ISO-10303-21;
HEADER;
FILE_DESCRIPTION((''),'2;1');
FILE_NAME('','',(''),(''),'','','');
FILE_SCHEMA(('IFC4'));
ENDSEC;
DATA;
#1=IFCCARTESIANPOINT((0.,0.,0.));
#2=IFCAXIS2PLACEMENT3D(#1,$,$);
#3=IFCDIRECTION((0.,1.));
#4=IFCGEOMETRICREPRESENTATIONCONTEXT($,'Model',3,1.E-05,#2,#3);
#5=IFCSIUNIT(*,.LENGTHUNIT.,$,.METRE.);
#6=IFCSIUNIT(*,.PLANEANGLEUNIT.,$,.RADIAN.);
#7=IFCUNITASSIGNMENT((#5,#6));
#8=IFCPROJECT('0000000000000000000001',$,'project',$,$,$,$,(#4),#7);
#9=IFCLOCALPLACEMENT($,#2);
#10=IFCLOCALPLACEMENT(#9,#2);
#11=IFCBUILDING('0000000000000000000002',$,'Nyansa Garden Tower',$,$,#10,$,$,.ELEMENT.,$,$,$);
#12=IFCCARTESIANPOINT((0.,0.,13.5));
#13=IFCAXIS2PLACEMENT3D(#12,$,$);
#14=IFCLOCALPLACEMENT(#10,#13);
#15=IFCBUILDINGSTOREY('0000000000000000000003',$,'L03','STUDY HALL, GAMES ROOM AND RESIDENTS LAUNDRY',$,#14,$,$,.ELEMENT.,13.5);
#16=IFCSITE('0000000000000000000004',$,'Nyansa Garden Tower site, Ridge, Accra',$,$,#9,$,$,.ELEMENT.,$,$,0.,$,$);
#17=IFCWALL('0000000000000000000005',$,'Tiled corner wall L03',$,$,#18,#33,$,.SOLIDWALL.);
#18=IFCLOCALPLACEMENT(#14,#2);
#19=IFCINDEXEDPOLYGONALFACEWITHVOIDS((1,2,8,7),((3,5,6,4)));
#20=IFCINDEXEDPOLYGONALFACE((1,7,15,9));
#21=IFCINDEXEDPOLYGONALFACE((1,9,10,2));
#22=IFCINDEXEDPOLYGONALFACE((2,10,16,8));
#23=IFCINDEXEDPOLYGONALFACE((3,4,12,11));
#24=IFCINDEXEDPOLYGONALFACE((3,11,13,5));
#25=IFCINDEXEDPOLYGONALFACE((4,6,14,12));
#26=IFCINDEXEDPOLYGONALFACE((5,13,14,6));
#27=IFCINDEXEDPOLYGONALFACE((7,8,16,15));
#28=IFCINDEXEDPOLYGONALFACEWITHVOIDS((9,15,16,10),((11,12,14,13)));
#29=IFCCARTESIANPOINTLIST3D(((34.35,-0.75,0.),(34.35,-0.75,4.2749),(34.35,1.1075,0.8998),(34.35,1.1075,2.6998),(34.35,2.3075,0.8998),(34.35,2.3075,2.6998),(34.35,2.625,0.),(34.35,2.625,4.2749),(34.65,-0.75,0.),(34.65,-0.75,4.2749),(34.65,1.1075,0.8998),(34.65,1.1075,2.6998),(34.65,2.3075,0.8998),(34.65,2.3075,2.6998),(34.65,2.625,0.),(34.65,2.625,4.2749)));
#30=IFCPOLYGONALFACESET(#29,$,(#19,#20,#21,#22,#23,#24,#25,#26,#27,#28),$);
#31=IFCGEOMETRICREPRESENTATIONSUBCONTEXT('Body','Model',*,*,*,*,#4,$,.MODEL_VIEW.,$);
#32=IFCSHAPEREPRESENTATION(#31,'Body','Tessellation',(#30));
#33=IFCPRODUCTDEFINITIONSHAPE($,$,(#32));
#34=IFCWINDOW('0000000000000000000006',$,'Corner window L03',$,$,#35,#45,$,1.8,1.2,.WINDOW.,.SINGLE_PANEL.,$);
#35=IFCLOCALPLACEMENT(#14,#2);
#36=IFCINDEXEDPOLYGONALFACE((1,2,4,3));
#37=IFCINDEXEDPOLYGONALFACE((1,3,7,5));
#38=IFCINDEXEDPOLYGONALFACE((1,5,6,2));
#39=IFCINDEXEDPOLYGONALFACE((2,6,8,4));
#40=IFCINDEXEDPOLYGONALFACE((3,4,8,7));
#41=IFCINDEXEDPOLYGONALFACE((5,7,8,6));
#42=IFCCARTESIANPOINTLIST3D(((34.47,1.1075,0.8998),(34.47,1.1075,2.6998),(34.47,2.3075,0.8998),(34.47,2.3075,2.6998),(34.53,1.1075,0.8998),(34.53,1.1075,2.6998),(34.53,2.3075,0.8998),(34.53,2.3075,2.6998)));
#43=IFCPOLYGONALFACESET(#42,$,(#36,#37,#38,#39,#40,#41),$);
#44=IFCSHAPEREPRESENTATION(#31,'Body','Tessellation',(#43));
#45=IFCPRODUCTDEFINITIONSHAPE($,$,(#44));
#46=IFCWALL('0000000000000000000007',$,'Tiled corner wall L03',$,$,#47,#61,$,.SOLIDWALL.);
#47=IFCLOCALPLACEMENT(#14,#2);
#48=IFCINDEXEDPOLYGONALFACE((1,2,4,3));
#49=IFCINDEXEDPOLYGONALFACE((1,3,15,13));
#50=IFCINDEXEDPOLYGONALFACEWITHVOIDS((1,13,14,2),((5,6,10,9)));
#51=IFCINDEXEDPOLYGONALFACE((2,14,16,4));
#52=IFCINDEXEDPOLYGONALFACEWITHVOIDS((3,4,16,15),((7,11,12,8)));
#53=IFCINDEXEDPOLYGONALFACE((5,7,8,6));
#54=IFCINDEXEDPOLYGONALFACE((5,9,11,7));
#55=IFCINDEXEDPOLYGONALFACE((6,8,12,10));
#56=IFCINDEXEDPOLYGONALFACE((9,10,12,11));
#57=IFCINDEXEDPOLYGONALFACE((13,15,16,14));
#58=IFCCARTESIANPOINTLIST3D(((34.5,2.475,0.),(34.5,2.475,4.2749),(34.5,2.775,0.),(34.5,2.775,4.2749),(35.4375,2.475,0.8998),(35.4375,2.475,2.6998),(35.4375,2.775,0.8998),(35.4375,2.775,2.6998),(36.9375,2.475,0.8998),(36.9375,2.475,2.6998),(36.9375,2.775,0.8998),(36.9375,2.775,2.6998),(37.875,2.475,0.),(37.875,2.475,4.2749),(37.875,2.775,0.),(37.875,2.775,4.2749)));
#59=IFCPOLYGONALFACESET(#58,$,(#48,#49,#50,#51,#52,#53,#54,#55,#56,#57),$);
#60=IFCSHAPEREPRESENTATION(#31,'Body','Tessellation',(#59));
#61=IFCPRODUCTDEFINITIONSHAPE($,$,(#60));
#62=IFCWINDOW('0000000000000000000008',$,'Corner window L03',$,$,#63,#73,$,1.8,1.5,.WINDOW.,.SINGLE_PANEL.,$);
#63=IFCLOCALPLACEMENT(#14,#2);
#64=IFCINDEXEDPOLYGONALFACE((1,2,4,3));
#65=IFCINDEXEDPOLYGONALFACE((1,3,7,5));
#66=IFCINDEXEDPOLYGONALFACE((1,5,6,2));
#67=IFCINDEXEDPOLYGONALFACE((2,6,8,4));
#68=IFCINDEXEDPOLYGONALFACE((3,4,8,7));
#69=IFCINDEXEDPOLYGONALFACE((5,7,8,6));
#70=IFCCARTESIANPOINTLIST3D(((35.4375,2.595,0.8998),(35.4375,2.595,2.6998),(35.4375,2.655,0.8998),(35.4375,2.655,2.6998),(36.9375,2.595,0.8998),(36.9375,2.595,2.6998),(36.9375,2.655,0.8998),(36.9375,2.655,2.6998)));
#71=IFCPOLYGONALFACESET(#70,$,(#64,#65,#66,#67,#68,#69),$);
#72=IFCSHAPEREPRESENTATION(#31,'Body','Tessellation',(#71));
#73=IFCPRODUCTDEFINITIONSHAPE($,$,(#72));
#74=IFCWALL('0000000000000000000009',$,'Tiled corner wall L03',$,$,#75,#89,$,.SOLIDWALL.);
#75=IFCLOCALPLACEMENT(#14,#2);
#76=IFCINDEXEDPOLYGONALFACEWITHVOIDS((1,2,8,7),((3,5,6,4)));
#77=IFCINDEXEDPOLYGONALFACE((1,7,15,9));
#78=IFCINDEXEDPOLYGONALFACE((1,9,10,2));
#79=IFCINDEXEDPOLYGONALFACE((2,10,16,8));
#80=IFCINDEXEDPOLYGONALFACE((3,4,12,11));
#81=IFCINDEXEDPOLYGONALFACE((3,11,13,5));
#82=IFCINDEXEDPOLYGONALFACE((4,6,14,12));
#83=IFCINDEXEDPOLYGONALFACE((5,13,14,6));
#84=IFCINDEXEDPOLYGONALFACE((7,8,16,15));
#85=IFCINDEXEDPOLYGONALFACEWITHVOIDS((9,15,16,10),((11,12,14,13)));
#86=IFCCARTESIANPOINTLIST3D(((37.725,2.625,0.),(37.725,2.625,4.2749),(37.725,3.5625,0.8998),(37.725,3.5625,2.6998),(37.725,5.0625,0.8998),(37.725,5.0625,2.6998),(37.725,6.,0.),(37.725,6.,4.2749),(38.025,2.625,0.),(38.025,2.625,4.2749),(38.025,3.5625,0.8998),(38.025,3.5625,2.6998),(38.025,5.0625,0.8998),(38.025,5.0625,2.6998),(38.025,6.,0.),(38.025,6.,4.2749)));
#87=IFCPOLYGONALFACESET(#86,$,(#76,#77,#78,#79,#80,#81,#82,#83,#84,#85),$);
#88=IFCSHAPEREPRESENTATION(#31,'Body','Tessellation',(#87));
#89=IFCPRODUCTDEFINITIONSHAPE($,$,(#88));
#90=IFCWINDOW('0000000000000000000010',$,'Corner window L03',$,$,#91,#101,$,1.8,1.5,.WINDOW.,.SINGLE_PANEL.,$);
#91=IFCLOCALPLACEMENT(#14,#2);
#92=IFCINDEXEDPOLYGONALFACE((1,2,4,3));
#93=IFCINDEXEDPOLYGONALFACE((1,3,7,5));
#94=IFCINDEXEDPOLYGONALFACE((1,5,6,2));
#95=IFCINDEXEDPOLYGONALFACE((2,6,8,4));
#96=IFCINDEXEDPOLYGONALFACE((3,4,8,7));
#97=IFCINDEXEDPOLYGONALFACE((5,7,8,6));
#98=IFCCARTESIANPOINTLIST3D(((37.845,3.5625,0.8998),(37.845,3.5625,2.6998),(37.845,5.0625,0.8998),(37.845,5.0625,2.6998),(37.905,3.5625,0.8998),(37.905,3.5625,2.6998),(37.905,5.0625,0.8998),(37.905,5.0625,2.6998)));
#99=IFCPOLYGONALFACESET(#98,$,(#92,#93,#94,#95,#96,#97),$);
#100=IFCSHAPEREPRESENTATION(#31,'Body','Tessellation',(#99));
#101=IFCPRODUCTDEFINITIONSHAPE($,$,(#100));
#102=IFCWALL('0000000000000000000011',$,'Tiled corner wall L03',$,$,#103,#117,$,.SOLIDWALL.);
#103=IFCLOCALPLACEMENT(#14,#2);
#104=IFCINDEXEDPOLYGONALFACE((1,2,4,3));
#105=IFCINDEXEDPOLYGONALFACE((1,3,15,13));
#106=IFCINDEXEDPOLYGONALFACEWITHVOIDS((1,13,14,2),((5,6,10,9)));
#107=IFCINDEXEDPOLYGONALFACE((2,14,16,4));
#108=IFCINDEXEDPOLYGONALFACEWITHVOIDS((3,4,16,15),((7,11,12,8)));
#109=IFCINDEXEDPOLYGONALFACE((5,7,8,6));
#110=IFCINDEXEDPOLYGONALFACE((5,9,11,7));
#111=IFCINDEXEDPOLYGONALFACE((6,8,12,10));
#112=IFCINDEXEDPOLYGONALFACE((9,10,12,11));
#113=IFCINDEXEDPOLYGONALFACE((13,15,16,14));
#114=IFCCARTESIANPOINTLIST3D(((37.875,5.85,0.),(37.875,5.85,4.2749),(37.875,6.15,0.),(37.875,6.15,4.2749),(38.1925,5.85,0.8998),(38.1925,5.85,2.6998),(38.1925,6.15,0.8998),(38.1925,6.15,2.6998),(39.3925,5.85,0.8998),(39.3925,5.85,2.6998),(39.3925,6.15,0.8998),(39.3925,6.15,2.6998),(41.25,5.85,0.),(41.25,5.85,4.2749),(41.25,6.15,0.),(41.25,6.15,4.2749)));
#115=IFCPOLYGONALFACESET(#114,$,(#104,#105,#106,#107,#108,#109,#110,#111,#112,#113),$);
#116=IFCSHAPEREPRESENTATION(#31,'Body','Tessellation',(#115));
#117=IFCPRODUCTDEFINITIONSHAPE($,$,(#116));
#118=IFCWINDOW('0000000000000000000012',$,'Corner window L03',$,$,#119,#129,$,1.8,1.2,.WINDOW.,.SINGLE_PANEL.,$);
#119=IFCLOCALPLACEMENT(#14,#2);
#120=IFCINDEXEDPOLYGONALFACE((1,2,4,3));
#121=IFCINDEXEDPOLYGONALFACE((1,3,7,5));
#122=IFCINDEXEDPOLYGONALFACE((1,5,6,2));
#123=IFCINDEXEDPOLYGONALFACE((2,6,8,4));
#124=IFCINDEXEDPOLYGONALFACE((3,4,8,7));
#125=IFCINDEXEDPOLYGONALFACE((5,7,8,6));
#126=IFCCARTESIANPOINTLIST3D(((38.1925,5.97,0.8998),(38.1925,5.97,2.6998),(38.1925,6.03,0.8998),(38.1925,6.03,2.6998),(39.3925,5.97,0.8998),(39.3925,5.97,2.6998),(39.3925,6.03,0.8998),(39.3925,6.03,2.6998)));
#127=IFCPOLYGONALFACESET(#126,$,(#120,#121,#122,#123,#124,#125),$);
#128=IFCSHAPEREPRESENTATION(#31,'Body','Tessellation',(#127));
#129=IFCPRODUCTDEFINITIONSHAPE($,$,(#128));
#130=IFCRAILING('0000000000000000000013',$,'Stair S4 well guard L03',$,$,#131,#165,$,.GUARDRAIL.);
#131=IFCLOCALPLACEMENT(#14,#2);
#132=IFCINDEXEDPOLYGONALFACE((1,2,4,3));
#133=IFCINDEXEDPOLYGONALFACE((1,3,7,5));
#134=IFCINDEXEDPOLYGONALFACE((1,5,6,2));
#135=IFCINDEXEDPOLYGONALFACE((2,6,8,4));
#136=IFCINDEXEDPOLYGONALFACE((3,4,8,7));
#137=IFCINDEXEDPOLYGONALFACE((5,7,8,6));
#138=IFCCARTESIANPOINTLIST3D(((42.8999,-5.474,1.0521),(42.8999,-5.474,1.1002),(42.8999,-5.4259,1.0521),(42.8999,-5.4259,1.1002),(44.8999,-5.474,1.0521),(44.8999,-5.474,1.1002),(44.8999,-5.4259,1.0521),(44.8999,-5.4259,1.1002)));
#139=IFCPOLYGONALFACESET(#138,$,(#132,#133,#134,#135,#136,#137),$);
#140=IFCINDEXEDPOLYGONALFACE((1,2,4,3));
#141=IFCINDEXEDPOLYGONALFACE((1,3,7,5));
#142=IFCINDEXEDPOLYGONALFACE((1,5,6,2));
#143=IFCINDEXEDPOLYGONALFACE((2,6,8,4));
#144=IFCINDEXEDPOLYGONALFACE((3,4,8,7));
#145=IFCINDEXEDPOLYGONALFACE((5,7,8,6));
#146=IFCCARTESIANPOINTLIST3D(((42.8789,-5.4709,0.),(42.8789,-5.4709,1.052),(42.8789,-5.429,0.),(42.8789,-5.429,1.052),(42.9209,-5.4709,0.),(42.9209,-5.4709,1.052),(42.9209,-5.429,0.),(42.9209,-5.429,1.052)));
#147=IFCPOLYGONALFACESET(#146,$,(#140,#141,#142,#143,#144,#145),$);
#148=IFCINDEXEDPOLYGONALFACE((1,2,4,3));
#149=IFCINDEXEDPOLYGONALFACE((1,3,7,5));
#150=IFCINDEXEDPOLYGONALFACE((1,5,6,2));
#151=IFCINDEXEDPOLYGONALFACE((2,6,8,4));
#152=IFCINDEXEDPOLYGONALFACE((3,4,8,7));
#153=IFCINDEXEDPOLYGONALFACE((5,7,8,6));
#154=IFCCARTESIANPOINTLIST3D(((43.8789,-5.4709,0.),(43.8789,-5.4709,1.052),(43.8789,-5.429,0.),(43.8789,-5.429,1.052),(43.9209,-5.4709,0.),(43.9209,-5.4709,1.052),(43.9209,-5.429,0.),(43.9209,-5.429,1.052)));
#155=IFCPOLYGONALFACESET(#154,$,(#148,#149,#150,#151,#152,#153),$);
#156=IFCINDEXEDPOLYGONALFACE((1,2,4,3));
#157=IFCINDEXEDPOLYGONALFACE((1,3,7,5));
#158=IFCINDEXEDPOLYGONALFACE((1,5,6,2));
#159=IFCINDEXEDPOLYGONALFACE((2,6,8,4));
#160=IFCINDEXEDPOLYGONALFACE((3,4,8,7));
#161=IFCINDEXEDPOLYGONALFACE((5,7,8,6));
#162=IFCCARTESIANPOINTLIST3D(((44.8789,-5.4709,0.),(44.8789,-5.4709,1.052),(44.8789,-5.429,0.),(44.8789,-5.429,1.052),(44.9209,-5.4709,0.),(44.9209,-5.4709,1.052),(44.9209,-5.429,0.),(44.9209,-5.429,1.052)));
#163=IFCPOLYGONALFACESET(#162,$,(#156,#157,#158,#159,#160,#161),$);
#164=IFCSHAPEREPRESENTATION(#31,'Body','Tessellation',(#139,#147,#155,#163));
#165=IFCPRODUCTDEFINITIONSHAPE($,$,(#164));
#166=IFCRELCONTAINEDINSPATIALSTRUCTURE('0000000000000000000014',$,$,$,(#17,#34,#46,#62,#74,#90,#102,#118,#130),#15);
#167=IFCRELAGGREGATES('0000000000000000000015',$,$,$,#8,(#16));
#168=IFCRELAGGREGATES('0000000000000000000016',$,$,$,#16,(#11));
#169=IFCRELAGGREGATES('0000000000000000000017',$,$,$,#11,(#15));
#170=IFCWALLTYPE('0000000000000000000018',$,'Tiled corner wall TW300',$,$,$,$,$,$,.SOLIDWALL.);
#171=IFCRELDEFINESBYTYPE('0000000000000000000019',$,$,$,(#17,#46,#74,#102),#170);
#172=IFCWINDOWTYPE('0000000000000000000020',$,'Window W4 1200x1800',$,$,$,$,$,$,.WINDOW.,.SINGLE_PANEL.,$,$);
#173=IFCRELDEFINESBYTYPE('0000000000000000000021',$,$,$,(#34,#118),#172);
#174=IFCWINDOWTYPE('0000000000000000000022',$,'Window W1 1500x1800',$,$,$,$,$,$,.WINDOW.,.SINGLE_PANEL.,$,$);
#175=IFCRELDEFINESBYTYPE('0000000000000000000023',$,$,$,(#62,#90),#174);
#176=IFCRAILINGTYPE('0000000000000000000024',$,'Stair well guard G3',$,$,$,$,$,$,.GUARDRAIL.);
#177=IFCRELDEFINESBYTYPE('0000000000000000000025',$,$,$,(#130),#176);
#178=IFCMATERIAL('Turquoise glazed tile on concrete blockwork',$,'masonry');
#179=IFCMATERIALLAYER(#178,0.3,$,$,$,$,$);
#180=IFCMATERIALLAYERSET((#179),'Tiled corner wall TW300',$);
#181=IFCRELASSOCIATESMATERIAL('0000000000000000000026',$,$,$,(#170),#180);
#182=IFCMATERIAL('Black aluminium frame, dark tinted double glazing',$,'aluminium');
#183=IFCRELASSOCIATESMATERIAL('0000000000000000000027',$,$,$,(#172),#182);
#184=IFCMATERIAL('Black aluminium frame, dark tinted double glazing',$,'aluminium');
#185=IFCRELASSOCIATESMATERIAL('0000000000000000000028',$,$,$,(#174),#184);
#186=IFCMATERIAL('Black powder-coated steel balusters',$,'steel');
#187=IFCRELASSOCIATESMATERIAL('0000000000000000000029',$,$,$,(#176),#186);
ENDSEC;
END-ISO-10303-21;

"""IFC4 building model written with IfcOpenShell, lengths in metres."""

from ifc_helpers import new_model, si_unit, direction, frame, frame_2d, origin, origin_2d, place, context, subcontext, project, spatial, rectangle, extrude, material, layer, layer_set, type_object, element, fill, save


model = new_model("IFC4")

# Units and contexts
model_context = context("Model", 3, precision=1e-05, world=origin(), true_north=direction((0.0, 1.0)))
body_context = subcontext(model_context, "Body", "Model", "MODEL_VIEW")
ifc_project = project(units=[si_unit("LENGTHUNIT", "METRE"), si_unit("PLANEANGLEUNIT", "RADIAN")], contexts=[model_context])

# Site, building, storey
site_placement = place(None, origin())
site = spatial("IfcSite", under=ifc_project, at=site_placement, Name="Nyansa Garden Tower site, Ridge, Accra", CompositionType="ELEMENT", RefElevation=0.0)
building_placement = place(site_placement, origin())
building = spatial("IfcBuilding", under=site, at=building_placement, Name="Nyansa Garden Tower", CompositionType="ELEMENT")
storey_placement = place(building_placement, frame((0.0, 0.0, 13.5)))
storey = spatial("IfcBuildingStorey", under=building, at=storey_placement, Name="L03", Description="STUDY HALL, GAMES ROOM AND RESIDENTS LAUNDRY", CompositionType="ELEMENT", Elevation=13.5)

# Walls, openings, windows
ifc_material_1 = material(Name="Turquoise glazed tile on concrete blockwork", Category="masonry")
ifc_layer_1 = layer(ifc_material_1, 0.3)
ifc_layer_set_1 = layer_set([ifc_layer_1], Name="Tiled corner wall TW300")
wall_type_1 = type_object("IfcWallType", Name="Tiled corner wall TW300", PredefinedType="SOLIDWALL", material=ifc_layer_set_1)
wall_1_placement = place(storey_placement, frame((34.5, -0.75, 0.0), z_axis=(0.0, 0.0, 1.0), x_axis=(0.0, 1.0, 0.0)))
wall_1 = element("IfcWall", 1, at=wall_1_placement, inside=storey, type_object=wall_type_1, Name="Tiled corner wall L03", PredefinedType="SOLIDWALL", context=body_context, shape_type="SweptSolid", body=[
    extrude(rectangle(XDim=3.375, YDim=0.3, at=frame_2d((1.6875, 0.0))), origin(), (0.0, 0.0, 1.0), 4.2749),
])
opening_1_placement = place(wall_1_placement, frame((1.8574, 0.0, 0.8999)))
opening_1 = element("IfcOpeningElement", 2, at=opening_1_placement, cuts=wall_1, PredefinedType="OPENING", context=body_context, shape_type="SweptSolid", body=[
    extrude(rectangle(XDim=1.2, YDim=1.8, at=frame_2d((0.6001, 0.8999))), frame((0.0, 0.1599, 0.0), z_axis=(0.0, -1.0, 0.0), x_axis=(1.0, 0.0, 0.0)), (0.0, 0.0, 1.0), 0.3201),
])
ifc_material_2 = material(Name="Black aluminium frame, dark tinted double glazing", Category="aluminium")
window_type_1 = type_object("IfcWindowType", Name="Window W4 1200x1800", PartitioningType="SINGLE_PANEL", PredefinedType="WINDOW", material=ifc_material_2)
window_1_placement = place(opening_1_placement, origin())
window_1 = element("IfcWindow", 3, at=window_1_placement, inside=storey, type_object=window_type_1, Name="Corner window L03", OverallHeight=1.8, OverallWidth=1.2, PartitioningType="SINGLE_PANEL", PredefinedType="WINDOW", context=body_context, shape_type="SweptSolid", body=[
    extrude(rectangle(XDim=1.2, YDim=1.8, at=frame_2d((0.6001, 0.8999))), frame((0.0, 0.03, 0.0), z_axis=(0.0, -1.0, 0.0), x_axis=(1.0, 0.0, 0.0)), (0.0, 0.0, 1.0), 0.0601),
])
fill(opening_1, window_1)
wall_2_placement = place(storey_placement, frame((34.5, 2.625, 0.0), z_axis=(0.0, 0.0, 1.0), x_axis=(1.0, 0.0, 0.0)))
wall_2 = element("IfcWall", 4, at=wall_2_placement, inside=storey, type_object=wall_type_1, Name="Tiled corner wall L03", PredefinedType="SOLIDWALL", context=body_context, shape_type="SweptSolid", body=[
    extrude(rectangle(XDim=3.375, YDim=0.3, at=frame_2d((1.6875, 0.0))), origin(), (0.0, 0.0, 1.0), 4.2749),
])
opening_2_placement = place(wall_2_placement, frame((0.9375, 0.0, 0.8999)))
opening_2 = element("IfcOpeningElement", 5, at=opening_2_placement, cuts=wall_2, PredefinedType="OPENING", context=body_context, shape_type="SweptSolid", body=[
    extrude(rectangle(XDim=1.5, YDim=1.8, at=frame_2d((0.75, 0.8999))), frame((0.0, 0.1599, 0.0), z_axis=(0.0, -1.0, 0.0), x_axis=(1.0, 0.0, 0.0)), (0.0, 0.0, 1.0), 0.3201),
])
ifc_material_3 = material(Name="Black aluminium frame, dark tinted double glazing", Category="aluminium")
window_type_2 = type_object("IfcWindowType", Name="Window W1 1500x1800", PartitioningType="SINGLE_PANEL", PredefinedType="WINDOW", material=ifc_material_3)
window_2_placement = place(opening_2_placement, origin())
window_2 = element("IfcWindow", 6, at=window_2_placement, inside=storey, type_object=window_type_2, Name="Corner window L03", OverallHeight=1.8, OverallWidth=1.5, PartitioningType="SINGLE_PANEL", PredefinedType="WINDOW", context=body_context, shape_type="SweptSolid", body=[
    extrude(rectangle(XDim=1.5, YDim=1.8, at=frame_2d((0.75, 0.8999))), frame((0.0, 0.03, 0.0), z_axis=(0.0, -1.0, 0.0), x_axis=(1.0, 0.0, 0.0)), (0.0, 0.0, 1.0), 0.0601),
])
fill(opening_2, window_2)
wall_3_placement = place(storey_placement, frame((37.875, 2.625, 0.0), z_axis=(0.0, 0.0, 1.0), x_axis=(0.0, 1.0, 0.0)))
wall_3 = element("IfcWall", 7, at=wall_3_placement, inside=storey, type_object=wall_type_1, Name="Tiled corner wall L03", PredefinedType="SOLIDWALL", context=body_context, shape_type="SweptSolid", body=[
    extrude(rectangle(XDim=3.375, YDim=0.3, at=frame_2d((1.6875, 0.0))), origin(), (0.0, 0.0, 1.0), 4.2749),
])
opening_3_placement = place(wall_3_placement, frame((0.9375, 0.0, 0.8999)))
opening_3 = element("IfcOpeningElement", 8, at=opening_3_placement, cuts=wall_3, PredefinedType="OPENING", context=body_context, shape_type="SweptSolid", body=[
    extrude(rectangle(XDim=1.5, YDim=1.8, at=frame_2d((0.75, 0.8999))), frame((0.0, 0.1599, 0.0), z_axis=(0.0, -1.0, 0.0), x_axis=(1.0, 0.0, 0.0)), (0.0, 0.0, 1.0), 0.3201),
])
window_3_placement = place(opening_3_placement, origin())
window_3 = element("IfcWindow", 9, at=window_3_placement, inside=storey, type_object=window_type_2, Name="Corner window L03", OverallHeight=1.8, OverallWidth=1.5, PartitioningType="SINGLE_PANEL", PredefinedType="WINDOW", context=body_context, shape_type="SweptSolid", body=[
    extrude(rectangle(XDim=1.5, YDim=1.8, at=frame_2d((0.75, 0.8999))), frame((0.0, 0.03, 0.0), z_axis=(0.0, -1.0, 0.0), x_axis=(1.0, 0.0, 0.0)), (0.0, 0.0, 1.0), 0.0601),
])
fill(opening_3, window_3)
wall_4_placement = place(storey_placement, frame((37.875, 6.0, 0.0), z_axis=(0.0, 0.0, 1.0), x_axis=(1.0, 0.0, 0.0)))
wall_4 = element("IfcWall", 10, at=wall_4_placement, inside=storey, type_object=wall_type_1, Name="Tiled corner wall L03", PredefinedType="SOLIDWALL", context=body_context, shape_type="SweptSolid", body=[
    extrude(rectangle(XDim=3.375, YDim=0.3, at=frame_2d((1.6875, 0.0))), origin(), (0.0, 0.0, 1.0), 4.2749),
])
opening_4_placement = place(wall_4_placement, frame((0.3174, 0.0, 0.8999)))
opening_4 = element("IfcOpeningElement", 11, at=opening_4_placement, cuts=wall_4, PredefinedType="OPENING", context=body_context, shape_type="SweptSolid", body=[
    extrude(rectangle(XDim=1.2, YDim=1.8, at=frame_2d((0.6001, 0.8999))), frame((0.0, 0.1599, 0.0), z_axis=(0.0, -1.0, 0.0), x_axis=(1.0, 0.0, 0.0)), (0.0, 0.0, 1.0), 0.3201),
])
window_4_placement = place(opening_4_placement, origin())
window_4 = element("IfcWindow", 12, at=window_4_placement, inside=storey, type_object=window_type_1, Name="Corner window L03", OverallHeight=1.8, OverallWidth=1.2, PartitioningType="SINGLE_PANEL", PredefinedType="WINDOW", context=body_context, shape_type="SweptSolid", body=[
    extrude(rectangle(XDim=1.2, YDim=1.8, at=frame_2d((0.6001, 0.8999))), frame((0.0, 0.03, 0.0), z_axis=(0.0, -1.0, 0.0), x_axis=(1.0, 0.0, 0.0)), (0.0, 0.0, 1.0), 0.0601),
])
fill(opening_4, window_4)

# Railing
ifc_material_4 = material(Name="Black powder-coated steel balusters", Category="steel")
railing_type_1 = type_object("IfcRailingType", Name="Stair well guard G3", PredefinedType="GUARDRAIL", material=ifc_material_4)
railing_1_placement = place(storey_placement, frame((42.8999, -5.45, 0.0)))
element("IfcRailing", 13, at=railing_1_placement, inside=storey, type_object=railing_type_1, Name="Stair S4 well guard L03", PredefinedType="GUARDRAIL", context=body_context, shape_type="SweptSolid", body=[
    extrude(rectangle(XDim=0.0481, YDim=0.0481, at=origin_2d()), frame((0.0, 0.0, 1.0762), z_axis=(1.0, 0.0, 0.0), x_axis=(0.0, 1.0, 0.0)), (0.0, 0.0, 1.0), 2.0),
    extrude(rectangle(XDim=0.042, YDim=0.042, at=origin_2d()), origin(), (0.0, 0.0, 1.0), 1.052),
    extrude(rectangle(XDim=0.042, YDim=0.042, at=origin_2d()), frame((1.0, 0.0, 0.0)), (0.0, 0.0, 1.0), 1.052),
    extrude(rectangle(XDim=0.042, YDim=0.042, at=origin_2d()), frame((2.0, 0.0, 0.0)), (0.0, 0.0, 1.0), 1.052),
])

save(model, "model.ifc")
